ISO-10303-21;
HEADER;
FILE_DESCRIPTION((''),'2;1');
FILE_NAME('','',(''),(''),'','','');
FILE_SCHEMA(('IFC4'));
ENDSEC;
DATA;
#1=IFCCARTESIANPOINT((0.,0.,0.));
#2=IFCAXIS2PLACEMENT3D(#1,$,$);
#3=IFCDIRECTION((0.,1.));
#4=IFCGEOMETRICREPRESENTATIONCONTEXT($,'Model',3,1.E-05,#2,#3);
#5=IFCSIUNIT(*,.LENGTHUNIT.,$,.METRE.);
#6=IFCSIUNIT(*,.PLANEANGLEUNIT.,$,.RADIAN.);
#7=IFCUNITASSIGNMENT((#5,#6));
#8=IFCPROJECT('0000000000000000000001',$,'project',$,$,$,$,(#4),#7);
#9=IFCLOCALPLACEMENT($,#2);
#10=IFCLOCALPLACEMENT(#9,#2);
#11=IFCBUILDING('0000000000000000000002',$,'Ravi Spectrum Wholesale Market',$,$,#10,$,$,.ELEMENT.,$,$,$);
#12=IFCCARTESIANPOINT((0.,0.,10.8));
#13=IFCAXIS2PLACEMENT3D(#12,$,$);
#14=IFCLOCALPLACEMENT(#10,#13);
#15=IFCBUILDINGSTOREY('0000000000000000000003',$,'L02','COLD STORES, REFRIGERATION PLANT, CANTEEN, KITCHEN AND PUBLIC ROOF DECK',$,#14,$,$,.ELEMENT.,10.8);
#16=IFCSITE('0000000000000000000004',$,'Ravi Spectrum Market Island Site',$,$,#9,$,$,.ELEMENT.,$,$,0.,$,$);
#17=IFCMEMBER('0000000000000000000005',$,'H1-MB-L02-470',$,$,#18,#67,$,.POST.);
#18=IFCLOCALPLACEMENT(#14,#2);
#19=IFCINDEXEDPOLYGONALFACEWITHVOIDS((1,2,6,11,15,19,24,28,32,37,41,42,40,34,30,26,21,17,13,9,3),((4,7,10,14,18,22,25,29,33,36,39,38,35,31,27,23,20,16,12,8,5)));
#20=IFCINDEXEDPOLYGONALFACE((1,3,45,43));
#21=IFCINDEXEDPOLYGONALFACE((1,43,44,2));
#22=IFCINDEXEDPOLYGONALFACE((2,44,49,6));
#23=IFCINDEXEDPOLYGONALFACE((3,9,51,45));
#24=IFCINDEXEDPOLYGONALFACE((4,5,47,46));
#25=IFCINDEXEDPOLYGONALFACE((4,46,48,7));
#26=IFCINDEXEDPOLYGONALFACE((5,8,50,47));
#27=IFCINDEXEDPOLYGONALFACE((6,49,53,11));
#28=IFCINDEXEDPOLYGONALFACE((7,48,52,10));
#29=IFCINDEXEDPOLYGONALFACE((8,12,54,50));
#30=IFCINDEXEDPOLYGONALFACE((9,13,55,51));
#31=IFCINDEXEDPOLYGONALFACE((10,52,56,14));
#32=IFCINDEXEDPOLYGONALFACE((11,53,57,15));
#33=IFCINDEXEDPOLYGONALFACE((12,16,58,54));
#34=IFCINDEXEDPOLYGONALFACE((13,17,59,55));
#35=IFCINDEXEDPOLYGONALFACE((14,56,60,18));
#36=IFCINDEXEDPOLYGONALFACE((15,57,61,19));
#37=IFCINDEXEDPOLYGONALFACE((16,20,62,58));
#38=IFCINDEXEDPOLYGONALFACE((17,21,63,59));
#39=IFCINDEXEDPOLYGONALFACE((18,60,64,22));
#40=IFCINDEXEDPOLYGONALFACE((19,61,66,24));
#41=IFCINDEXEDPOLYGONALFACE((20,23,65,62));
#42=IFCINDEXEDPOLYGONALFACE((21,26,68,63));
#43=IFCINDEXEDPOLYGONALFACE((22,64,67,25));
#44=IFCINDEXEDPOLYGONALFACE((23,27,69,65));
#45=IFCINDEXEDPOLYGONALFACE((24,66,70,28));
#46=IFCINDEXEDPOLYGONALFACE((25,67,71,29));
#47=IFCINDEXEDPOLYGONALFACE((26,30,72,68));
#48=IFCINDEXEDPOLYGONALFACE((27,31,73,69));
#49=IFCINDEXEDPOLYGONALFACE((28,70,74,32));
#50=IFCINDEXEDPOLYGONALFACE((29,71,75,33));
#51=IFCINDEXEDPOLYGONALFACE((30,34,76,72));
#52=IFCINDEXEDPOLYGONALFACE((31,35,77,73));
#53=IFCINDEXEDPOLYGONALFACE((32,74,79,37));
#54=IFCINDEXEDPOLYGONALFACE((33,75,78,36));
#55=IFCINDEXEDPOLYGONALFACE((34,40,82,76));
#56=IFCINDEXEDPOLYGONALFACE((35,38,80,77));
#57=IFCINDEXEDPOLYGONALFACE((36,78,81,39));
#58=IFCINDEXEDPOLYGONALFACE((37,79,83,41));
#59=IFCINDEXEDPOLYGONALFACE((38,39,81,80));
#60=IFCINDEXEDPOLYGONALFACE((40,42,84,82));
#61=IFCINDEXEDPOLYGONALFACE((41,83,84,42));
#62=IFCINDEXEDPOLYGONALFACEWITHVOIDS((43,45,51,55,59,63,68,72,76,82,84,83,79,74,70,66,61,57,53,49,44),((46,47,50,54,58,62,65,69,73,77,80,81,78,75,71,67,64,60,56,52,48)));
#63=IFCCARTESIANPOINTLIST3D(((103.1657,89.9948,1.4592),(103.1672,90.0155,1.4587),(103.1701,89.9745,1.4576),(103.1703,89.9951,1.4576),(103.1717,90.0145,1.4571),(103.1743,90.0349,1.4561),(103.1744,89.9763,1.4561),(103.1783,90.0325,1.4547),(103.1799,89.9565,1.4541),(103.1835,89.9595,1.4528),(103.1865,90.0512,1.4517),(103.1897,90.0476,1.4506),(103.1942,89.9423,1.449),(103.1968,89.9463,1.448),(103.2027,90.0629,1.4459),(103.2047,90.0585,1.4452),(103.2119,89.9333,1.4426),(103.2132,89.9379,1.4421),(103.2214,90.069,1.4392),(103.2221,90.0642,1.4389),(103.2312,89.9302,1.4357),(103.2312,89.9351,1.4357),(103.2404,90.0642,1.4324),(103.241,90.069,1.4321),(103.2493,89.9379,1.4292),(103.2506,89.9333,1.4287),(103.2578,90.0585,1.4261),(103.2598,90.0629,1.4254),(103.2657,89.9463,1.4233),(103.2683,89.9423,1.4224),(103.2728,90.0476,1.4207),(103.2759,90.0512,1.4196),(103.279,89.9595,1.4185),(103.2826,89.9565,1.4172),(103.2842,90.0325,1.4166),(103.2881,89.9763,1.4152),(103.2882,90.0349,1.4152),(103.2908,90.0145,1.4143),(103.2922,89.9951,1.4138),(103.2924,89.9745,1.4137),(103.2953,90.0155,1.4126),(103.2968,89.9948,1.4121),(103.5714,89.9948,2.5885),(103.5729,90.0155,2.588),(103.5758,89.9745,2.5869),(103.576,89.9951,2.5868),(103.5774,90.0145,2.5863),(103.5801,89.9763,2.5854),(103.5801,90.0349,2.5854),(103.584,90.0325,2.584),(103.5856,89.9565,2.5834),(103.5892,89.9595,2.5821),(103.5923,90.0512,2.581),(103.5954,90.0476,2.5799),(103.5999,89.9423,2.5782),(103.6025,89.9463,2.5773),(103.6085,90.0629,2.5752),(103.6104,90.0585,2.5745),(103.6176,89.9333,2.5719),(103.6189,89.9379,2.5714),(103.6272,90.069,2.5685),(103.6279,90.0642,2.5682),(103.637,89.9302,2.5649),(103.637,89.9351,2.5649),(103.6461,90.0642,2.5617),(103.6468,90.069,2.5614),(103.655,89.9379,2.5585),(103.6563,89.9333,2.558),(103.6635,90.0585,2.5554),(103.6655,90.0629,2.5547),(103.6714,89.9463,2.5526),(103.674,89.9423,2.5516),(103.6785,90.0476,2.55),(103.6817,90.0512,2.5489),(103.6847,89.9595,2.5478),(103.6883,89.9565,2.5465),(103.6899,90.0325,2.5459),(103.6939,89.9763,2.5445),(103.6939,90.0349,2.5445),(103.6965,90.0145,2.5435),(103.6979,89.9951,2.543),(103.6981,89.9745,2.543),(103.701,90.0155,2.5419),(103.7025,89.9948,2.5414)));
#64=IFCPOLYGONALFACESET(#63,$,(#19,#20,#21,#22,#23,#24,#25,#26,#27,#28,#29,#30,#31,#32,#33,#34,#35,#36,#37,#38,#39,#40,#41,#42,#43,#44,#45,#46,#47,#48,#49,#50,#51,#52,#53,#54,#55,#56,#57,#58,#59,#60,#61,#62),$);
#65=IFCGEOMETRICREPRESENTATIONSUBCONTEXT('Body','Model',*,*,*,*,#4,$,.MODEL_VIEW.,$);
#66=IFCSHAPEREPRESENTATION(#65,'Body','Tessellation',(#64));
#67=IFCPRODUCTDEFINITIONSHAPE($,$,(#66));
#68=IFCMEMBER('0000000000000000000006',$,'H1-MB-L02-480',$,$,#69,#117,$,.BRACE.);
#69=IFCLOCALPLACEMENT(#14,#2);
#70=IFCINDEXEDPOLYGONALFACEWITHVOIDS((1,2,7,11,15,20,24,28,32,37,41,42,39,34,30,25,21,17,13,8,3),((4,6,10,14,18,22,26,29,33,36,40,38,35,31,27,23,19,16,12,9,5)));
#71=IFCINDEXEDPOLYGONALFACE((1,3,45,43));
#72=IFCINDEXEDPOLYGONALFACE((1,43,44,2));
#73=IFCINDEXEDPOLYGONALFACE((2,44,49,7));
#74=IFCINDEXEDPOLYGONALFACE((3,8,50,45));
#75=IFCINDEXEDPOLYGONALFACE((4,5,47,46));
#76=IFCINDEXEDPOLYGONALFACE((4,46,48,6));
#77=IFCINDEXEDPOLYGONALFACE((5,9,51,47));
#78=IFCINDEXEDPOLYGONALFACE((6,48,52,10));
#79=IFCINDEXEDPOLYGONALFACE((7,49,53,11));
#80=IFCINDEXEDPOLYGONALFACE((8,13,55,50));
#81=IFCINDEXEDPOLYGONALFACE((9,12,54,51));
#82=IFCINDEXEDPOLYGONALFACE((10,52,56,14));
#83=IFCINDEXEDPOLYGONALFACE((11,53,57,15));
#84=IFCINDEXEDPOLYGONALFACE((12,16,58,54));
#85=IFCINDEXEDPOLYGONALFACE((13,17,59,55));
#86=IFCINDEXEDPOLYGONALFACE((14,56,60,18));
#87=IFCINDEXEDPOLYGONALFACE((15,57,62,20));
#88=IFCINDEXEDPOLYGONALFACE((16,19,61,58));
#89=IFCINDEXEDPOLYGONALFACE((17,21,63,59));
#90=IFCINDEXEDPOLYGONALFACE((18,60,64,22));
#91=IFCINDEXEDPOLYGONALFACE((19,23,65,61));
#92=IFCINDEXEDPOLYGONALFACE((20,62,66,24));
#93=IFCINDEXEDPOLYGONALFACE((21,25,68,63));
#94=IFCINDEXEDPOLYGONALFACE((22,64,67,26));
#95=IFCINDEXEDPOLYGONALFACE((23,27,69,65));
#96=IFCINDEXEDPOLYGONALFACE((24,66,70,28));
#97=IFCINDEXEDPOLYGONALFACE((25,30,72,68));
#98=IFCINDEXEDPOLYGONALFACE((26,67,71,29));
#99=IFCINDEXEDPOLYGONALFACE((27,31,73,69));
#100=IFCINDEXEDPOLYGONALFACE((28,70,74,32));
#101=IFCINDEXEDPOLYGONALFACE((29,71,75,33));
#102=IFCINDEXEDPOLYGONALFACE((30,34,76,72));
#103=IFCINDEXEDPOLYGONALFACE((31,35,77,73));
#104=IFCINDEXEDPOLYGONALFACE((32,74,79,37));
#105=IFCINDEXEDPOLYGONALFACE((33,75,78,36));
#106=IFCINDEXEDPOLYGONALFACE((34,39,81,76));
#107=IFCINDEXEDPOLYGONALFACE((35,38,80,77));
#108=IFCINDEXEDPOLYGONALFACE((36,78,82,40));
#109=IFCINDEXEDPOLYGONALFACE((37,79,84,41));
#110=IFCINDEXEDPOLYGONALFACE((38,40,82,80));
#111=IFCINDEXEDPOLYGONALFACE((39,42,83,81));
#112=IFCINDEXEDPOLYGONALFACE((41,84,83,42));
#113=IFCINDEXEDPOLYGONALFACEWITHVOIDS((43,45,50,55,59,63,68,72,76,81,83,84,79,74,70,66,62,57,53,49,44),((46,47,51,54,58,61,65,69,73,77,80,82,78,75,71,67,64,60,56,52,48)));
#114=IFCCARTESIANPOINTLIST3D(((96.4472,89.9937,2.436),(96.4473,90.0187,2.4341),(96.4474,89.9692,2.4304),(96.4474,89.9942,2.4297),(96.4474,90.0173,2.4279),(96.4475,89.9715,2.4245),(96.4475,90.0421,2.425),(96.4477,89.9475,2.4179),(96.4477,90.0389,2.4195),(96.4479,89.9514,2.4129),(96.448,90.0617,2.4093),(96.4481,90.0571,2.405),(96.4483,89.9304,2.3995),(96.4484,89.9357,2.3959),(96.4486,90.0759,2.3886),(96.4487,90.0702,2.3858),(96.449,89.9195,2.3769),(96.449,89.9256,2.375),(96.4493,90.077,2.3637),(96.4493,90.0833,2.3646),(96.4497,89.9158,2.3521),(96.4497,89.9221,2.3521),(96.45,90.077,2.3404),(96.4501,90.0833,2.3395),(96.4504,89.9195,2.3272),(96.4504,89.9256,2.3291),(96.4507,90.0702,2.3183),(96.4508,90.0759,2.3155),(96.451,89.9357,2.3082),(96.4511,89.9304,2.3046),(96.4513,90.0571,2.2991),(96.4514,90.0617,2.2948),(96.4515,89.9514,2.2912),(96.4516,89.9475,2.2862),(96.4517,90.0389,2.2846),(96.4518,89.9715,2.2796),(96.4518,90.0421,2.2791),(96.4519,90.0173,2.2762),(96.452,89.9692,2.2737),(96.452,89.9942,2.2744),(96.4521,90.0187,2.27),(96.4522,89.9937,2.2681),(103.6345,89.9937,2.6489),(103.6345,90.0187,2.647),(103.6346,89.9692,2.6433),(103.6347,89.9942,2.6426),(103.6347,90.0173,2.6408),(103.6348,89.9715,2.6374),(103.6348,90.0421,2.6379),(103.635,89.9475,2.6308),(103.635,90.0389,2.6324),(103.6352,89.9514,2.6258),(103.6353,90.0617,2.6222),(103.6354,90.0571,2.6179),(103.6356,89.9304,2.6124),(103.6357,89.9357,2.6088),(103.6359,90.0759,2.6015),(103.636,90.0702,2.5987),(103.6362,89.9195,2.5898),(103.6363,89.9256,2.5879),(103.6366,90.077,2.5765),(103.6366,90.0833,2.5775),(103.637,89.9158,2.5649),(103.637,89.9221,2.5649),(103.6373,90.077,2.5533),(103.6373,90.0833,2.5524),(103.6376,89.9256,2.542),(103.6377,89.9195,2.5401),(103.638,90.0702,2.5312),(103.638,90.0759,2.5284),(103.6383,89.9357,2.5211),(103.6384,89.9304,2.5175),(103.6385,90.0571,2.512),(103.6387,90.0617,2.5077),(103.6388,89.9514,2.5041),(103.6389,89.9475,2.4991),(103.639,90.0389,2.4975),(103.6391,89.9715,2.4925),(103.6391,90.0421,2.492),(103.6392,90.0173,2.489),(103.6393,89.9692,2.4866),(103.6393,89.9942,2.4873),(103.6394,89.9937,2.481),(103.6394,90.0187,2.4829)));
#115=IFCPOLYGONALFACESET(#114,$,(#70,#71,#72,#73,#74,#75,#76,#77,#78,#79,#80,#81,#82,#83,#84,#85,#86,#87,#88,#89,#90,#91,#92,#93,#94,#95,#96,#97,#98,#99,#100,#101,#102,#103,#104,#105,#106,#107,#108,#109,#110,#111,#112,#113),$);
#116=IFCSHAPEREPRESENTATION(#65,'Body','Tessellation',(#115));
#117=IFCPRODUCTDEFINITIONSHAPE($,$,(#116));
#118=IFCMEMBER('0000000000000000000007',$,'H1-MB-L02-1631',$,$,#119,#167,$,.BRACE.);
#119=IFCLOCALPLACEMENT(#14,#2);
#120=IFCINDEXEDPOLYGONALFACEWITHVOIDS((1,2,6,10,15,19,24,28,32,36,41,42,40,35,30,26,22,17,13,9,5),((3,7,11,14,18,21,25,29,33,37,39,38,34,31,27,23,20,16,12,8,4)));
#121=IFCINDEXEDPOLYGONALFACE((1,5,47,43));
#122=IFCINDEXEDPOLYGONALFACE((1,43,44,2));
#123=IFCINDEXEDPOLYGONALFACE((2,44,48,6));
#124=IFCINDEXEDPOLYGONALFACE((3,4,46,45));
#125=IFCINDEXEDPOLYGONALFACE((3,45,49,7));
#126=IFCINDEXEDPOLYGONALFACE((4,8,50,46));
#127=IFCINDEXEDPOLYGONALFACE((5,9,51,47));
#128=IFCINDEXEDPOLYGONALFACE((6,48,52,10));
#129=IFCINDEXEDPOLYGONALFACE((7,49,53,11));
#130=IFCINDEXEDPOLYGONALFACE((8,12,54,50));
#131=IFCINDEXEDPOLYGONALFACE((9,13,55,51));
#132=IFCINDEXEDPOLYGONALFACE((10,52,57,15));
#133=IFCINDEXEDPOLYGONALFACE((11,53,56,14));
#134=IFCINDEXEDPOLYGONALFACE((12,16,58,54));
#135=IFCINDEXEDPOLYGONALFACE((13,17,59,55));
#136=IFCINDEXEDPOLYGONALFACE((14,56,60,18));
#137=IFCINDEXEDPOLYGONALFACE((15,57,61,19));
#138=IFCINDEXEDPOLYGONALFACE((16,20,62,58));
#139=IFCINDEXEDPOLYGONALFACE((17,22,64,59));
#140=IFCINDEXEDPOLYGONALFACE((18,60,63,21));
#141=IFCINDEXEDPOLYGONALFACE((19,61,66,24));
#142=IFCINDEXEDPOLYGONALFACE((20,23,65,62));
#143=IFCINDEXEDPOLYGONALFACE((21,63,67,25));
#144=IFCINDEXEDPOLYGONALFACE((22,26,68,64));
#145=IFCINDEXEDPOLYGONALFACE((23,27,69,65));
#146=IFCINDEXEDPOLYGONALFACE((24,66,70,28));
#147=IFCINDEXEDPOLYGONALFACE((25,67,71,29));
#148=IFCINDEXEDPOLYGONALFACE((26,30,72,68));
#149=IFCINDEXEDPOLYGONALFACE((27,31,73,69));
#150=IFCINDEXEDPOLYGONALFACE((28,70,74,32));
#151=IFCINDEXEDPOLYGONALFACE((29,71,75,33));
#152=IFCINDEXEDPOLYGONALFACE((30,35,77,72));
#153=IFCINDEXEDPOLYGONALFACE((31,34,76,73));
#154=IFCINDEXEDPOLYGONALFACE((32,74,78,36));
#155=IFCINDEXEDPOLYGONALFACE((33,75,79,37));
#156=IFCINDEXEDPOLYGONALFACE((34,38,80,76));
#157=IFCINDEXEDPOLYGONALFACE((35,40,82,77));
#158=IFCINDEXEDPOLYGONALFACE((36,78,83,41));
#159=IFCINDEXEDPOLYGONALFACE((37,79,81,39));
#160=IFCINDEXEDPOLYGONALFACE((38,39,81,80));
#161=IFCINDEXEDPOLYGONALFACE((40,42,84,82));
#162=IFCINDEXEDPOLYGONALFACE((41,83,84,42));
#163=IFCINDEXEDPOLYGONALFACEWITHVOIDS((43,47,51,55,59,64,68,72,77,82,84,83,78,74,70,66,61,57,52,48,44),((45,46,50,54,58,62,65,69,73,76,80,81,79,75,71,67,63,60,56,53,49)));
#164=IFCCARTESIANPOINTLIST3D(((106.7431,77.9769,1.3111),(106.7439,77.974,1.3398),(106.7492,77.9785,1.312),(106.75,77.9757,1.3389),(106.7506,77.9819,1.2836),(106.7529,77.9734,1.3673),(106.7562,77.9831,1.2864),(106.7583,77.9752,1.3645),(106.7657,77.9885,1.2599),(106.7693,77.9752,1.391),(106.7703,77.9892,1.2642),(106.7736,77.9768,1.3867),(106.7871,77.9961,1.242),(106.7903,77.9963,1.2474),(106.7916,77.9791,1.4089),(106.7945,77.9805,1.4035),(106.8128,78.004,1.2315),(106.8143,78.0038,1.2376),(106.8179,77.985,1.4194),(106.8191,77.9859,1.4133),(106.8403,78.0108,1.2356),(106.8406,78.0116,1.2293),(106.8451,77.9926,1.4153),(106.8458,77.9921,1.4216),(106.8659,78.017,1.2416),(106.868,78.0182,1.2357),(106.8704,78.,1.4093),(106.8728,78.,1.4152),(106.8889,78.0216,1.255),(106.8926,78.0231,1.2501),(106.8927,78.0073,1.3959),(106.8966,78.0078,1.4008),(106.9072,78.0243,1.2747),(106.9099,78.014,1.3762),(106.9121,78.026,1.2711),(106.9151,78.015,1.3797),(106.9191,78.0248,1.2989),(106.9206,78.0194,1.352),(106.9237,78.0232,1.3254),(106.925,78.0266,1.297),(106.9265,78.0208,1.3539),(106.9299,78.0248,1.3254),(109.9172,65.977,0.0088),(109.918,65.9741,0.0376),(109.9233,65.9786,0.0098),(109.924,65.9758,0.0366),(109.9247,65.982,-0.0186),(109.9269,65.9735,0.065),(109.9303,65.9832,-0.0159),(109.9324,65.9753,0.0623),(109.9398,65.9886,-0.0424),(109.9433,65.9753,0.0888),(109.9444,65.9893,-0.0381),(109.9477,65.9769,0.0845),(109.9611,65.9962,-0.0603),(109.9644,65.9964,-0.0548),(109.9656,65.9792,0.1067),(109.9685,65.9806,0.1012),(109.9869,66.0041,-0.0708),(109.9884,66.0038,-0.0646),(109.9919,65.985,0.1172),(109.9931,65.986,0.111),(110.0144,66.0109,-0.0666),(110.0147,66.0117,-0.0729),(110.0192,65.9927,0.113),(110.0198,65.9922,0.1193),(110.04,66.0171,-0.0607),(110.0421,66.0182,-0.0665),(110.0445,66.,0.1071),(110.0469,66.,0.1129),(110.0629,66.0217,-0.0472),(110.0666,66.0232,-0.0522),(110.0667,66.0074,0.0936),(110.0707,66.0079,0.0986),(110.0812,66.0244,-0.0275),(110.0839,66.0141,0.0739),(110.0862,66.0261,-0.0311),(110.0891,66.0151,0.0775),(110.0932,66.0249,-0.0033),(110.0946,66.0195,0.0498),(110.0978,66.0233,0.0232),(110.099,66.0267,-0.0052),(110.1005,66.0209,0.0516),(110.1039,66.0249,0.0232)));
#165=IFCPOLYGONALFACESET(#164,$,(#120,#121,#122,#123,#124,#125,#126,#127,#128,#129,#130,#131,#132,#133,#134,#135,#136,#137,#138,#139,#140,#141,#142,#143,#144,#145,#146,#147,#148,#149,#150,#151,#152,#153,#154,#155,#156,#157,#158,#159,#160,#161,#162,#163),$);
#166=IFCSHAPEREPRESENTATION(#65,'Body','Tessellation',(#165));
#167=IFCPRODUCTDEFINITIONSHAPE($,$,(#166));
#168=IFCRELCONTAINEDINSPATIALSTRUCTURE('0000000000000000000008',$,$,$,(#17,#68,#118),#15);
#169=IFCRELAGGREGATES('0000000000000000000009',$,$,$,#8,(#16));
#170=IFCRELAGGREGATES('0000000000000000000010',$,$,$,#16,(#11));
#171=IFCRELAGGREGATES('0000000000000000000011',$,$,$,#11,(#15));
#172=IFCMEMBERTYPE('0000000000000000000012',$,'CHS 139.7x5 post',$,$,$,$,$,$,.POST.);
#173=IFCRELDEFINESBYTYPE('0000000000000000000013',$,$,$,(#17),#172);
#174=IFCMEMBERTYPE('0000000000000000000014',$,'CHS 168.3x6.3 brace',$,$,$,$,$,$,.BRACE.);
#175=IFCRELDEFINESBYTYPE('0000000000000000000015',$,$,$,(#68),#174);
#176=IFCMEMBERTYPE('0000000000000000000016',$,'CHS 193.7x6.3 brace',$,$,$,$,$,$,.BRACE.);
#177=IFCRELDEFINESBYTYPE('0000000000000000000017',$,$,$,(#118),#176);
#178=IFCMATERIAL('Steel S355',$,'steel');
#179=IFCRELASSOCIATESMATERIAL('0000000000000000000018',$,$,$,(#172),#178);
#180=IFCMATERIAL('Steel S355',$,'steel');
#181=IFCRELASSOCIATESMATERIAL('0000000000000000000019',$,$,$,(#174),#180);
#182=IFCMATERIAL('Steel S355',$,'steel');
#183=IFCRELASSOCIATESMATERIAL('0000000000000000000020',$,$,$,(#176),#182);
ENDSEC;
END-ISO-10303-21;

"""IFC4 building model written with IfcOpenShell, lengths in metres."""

from ifc_helpers import new_model, si_unit, direction, frame, origin, origin_2d, place, context, subcontext, project, spatial, hollow_circle, extrude, material, material_profile, profile_set, type_object, element, save


model = new_model("IFC4")

# Units and contexts
model_context = context("Model", 3, precision=1e-05, world=origin(), true_north=direction((0.0, 1.0)))
body_context = subcontext(model_context, "Body", "Model", "MODEL_VIEW")
ifc_project = project(units=[si_unit("LENGTHUNIT", "METRE"), si_unit("PLANEANGLEUNIT", "RADIAN")], contexts=[model_context])

# Site, building, storey
site_placement = place(None, origin())
site = spatial("IfcSite", under=ifc_project, at=site_placement, Name="Ravi Spectrum Market Island Site", CompositionType="ELEMENT", RefElevation=0.0)
building_placement = place(site_placement, origin())
building = spatial("IfcBuilding", under=site, at=building_placement, Name="Ravi Spectrum Wholesale Market", CompositionType="ELEMENT")
storey_placement = place(building_placement, frame((0.0, 0.0, 10.8)))
storey = spatial("IfcBuildingStorey", under=building, at=storey_placement, Name="L02", Description="COLD STORES, REFRIGERATION PLANT, CANTEEN, KITCHEN AND PUBLIC ROOF DECK", CompositionType="ELEMENT", Elevation=10.8)

# Members
ifc_material_1 = material(Name="Steel S355", Category="steel")
ifc_material_profile_1 = material_profile(ifc_material_1, hollow_circle(Radius=0.0698, WallThickness=0.0049, at=origin_2d()))
ifc_profile_set_1 = profile_set([ifc_material_profile_1], Name="Steel S355")
member_type_1 = type_object("IfcMemberType", Name="CHS 139.7x5 post", PredefinedType="POST", material=ifc_profile_set_1)
member_1_placement = place(storey_placement, frame((103.637, 90.0, 2.5649), z_axis=(-0.338114, 0.0, -0.941105), x_axis=(0.0, -1.0, 0.0)))
element("IfcMember", 1, at=member_1_placement, inside=storey, type_object=member_type_1, Name="H1-MB-L02-470", PredefinedType="POST", context=body_context, shape_type="SweptSolid", body=[
    extrude(hollow_circle(Radius=0.0698, WallThickness=0.0049, at=origin_2d()), origin(), (0.0, 0.0, 1.0), 1.2),
])
ifc_material_2 = material(Name="Steel S355", Category="steel")
ifc_material_profile_2 = material_profile(ifc_material_2, hollow_circle(Radius=0.0842, WallThickness=0.0063, at=origin_2d()))
ifc_profile_set_2 = profile_set([ifc_material_profile_2], Name="Steel S355")
member_type_2 = type_object("IfcMemberType", Name="CHS 168.3x6.3 brace", PredefinedType="BRACE", material=ifc_profile_set_2)
member_2_placement = place(storey_placement, frame((103.637, 90.0, 2.5649), z_axis=(-0.999562, 0.0, -0.029608), x_axis=(0.0, -1.0, 0.0)))
element("IfcMember", 2, at=member_2_placement, inside=storey, type_object=member_type_2, Name="H1-MB-L02-480", PredefinedType="BRACE", context=body_context, shape_type="SweptSolid", body=[
    extrude(hollow_circle(Radius=0.0842, WallThickness=0.0063, at=origin_2d()), origin(), (0.0, 0.0, 1.0), 7.1904),
])
ifc_material_3 = material(Name="Steel S355", Category="steel")
ifc_material_profile_3 = material_profile(ifc_material_3, hollow_circle(Radius=0.0969, WallThickness=0.0063, at=origin_2d()))
ifc_profile_set_3 = profile_set([ifc_material_profile_3], Name="Steel S355")
member_type_3 = type_object("IfcMemberType", Name="CHS 193.7x6.3 brace", PredefinedType="BRACE", material=ifc_profile_set_3)
member_3_placement = place(storey_placement, frame((106.8362, 78.0, 1.3254), z_axis=(0.254316, -0.961476, -0.10434), x_axis=(0.966753, 0.255712, 0.0)))
element("IfcMember", 3, at=member_3_placement, inside=storey, type_object=member_type_3, Name="H1-MB-L02-1631", PredefinedType="BRACE", context=body_context, shape_type="SweptSolid", body=[
    extrude(hollow_circle(Radius=0.0969, WallThickness=0.0063, at=origin_2d()), origin(), (0.0, 0.0, 1.0), 12.4807),
])

save(model, "model.ifc")
